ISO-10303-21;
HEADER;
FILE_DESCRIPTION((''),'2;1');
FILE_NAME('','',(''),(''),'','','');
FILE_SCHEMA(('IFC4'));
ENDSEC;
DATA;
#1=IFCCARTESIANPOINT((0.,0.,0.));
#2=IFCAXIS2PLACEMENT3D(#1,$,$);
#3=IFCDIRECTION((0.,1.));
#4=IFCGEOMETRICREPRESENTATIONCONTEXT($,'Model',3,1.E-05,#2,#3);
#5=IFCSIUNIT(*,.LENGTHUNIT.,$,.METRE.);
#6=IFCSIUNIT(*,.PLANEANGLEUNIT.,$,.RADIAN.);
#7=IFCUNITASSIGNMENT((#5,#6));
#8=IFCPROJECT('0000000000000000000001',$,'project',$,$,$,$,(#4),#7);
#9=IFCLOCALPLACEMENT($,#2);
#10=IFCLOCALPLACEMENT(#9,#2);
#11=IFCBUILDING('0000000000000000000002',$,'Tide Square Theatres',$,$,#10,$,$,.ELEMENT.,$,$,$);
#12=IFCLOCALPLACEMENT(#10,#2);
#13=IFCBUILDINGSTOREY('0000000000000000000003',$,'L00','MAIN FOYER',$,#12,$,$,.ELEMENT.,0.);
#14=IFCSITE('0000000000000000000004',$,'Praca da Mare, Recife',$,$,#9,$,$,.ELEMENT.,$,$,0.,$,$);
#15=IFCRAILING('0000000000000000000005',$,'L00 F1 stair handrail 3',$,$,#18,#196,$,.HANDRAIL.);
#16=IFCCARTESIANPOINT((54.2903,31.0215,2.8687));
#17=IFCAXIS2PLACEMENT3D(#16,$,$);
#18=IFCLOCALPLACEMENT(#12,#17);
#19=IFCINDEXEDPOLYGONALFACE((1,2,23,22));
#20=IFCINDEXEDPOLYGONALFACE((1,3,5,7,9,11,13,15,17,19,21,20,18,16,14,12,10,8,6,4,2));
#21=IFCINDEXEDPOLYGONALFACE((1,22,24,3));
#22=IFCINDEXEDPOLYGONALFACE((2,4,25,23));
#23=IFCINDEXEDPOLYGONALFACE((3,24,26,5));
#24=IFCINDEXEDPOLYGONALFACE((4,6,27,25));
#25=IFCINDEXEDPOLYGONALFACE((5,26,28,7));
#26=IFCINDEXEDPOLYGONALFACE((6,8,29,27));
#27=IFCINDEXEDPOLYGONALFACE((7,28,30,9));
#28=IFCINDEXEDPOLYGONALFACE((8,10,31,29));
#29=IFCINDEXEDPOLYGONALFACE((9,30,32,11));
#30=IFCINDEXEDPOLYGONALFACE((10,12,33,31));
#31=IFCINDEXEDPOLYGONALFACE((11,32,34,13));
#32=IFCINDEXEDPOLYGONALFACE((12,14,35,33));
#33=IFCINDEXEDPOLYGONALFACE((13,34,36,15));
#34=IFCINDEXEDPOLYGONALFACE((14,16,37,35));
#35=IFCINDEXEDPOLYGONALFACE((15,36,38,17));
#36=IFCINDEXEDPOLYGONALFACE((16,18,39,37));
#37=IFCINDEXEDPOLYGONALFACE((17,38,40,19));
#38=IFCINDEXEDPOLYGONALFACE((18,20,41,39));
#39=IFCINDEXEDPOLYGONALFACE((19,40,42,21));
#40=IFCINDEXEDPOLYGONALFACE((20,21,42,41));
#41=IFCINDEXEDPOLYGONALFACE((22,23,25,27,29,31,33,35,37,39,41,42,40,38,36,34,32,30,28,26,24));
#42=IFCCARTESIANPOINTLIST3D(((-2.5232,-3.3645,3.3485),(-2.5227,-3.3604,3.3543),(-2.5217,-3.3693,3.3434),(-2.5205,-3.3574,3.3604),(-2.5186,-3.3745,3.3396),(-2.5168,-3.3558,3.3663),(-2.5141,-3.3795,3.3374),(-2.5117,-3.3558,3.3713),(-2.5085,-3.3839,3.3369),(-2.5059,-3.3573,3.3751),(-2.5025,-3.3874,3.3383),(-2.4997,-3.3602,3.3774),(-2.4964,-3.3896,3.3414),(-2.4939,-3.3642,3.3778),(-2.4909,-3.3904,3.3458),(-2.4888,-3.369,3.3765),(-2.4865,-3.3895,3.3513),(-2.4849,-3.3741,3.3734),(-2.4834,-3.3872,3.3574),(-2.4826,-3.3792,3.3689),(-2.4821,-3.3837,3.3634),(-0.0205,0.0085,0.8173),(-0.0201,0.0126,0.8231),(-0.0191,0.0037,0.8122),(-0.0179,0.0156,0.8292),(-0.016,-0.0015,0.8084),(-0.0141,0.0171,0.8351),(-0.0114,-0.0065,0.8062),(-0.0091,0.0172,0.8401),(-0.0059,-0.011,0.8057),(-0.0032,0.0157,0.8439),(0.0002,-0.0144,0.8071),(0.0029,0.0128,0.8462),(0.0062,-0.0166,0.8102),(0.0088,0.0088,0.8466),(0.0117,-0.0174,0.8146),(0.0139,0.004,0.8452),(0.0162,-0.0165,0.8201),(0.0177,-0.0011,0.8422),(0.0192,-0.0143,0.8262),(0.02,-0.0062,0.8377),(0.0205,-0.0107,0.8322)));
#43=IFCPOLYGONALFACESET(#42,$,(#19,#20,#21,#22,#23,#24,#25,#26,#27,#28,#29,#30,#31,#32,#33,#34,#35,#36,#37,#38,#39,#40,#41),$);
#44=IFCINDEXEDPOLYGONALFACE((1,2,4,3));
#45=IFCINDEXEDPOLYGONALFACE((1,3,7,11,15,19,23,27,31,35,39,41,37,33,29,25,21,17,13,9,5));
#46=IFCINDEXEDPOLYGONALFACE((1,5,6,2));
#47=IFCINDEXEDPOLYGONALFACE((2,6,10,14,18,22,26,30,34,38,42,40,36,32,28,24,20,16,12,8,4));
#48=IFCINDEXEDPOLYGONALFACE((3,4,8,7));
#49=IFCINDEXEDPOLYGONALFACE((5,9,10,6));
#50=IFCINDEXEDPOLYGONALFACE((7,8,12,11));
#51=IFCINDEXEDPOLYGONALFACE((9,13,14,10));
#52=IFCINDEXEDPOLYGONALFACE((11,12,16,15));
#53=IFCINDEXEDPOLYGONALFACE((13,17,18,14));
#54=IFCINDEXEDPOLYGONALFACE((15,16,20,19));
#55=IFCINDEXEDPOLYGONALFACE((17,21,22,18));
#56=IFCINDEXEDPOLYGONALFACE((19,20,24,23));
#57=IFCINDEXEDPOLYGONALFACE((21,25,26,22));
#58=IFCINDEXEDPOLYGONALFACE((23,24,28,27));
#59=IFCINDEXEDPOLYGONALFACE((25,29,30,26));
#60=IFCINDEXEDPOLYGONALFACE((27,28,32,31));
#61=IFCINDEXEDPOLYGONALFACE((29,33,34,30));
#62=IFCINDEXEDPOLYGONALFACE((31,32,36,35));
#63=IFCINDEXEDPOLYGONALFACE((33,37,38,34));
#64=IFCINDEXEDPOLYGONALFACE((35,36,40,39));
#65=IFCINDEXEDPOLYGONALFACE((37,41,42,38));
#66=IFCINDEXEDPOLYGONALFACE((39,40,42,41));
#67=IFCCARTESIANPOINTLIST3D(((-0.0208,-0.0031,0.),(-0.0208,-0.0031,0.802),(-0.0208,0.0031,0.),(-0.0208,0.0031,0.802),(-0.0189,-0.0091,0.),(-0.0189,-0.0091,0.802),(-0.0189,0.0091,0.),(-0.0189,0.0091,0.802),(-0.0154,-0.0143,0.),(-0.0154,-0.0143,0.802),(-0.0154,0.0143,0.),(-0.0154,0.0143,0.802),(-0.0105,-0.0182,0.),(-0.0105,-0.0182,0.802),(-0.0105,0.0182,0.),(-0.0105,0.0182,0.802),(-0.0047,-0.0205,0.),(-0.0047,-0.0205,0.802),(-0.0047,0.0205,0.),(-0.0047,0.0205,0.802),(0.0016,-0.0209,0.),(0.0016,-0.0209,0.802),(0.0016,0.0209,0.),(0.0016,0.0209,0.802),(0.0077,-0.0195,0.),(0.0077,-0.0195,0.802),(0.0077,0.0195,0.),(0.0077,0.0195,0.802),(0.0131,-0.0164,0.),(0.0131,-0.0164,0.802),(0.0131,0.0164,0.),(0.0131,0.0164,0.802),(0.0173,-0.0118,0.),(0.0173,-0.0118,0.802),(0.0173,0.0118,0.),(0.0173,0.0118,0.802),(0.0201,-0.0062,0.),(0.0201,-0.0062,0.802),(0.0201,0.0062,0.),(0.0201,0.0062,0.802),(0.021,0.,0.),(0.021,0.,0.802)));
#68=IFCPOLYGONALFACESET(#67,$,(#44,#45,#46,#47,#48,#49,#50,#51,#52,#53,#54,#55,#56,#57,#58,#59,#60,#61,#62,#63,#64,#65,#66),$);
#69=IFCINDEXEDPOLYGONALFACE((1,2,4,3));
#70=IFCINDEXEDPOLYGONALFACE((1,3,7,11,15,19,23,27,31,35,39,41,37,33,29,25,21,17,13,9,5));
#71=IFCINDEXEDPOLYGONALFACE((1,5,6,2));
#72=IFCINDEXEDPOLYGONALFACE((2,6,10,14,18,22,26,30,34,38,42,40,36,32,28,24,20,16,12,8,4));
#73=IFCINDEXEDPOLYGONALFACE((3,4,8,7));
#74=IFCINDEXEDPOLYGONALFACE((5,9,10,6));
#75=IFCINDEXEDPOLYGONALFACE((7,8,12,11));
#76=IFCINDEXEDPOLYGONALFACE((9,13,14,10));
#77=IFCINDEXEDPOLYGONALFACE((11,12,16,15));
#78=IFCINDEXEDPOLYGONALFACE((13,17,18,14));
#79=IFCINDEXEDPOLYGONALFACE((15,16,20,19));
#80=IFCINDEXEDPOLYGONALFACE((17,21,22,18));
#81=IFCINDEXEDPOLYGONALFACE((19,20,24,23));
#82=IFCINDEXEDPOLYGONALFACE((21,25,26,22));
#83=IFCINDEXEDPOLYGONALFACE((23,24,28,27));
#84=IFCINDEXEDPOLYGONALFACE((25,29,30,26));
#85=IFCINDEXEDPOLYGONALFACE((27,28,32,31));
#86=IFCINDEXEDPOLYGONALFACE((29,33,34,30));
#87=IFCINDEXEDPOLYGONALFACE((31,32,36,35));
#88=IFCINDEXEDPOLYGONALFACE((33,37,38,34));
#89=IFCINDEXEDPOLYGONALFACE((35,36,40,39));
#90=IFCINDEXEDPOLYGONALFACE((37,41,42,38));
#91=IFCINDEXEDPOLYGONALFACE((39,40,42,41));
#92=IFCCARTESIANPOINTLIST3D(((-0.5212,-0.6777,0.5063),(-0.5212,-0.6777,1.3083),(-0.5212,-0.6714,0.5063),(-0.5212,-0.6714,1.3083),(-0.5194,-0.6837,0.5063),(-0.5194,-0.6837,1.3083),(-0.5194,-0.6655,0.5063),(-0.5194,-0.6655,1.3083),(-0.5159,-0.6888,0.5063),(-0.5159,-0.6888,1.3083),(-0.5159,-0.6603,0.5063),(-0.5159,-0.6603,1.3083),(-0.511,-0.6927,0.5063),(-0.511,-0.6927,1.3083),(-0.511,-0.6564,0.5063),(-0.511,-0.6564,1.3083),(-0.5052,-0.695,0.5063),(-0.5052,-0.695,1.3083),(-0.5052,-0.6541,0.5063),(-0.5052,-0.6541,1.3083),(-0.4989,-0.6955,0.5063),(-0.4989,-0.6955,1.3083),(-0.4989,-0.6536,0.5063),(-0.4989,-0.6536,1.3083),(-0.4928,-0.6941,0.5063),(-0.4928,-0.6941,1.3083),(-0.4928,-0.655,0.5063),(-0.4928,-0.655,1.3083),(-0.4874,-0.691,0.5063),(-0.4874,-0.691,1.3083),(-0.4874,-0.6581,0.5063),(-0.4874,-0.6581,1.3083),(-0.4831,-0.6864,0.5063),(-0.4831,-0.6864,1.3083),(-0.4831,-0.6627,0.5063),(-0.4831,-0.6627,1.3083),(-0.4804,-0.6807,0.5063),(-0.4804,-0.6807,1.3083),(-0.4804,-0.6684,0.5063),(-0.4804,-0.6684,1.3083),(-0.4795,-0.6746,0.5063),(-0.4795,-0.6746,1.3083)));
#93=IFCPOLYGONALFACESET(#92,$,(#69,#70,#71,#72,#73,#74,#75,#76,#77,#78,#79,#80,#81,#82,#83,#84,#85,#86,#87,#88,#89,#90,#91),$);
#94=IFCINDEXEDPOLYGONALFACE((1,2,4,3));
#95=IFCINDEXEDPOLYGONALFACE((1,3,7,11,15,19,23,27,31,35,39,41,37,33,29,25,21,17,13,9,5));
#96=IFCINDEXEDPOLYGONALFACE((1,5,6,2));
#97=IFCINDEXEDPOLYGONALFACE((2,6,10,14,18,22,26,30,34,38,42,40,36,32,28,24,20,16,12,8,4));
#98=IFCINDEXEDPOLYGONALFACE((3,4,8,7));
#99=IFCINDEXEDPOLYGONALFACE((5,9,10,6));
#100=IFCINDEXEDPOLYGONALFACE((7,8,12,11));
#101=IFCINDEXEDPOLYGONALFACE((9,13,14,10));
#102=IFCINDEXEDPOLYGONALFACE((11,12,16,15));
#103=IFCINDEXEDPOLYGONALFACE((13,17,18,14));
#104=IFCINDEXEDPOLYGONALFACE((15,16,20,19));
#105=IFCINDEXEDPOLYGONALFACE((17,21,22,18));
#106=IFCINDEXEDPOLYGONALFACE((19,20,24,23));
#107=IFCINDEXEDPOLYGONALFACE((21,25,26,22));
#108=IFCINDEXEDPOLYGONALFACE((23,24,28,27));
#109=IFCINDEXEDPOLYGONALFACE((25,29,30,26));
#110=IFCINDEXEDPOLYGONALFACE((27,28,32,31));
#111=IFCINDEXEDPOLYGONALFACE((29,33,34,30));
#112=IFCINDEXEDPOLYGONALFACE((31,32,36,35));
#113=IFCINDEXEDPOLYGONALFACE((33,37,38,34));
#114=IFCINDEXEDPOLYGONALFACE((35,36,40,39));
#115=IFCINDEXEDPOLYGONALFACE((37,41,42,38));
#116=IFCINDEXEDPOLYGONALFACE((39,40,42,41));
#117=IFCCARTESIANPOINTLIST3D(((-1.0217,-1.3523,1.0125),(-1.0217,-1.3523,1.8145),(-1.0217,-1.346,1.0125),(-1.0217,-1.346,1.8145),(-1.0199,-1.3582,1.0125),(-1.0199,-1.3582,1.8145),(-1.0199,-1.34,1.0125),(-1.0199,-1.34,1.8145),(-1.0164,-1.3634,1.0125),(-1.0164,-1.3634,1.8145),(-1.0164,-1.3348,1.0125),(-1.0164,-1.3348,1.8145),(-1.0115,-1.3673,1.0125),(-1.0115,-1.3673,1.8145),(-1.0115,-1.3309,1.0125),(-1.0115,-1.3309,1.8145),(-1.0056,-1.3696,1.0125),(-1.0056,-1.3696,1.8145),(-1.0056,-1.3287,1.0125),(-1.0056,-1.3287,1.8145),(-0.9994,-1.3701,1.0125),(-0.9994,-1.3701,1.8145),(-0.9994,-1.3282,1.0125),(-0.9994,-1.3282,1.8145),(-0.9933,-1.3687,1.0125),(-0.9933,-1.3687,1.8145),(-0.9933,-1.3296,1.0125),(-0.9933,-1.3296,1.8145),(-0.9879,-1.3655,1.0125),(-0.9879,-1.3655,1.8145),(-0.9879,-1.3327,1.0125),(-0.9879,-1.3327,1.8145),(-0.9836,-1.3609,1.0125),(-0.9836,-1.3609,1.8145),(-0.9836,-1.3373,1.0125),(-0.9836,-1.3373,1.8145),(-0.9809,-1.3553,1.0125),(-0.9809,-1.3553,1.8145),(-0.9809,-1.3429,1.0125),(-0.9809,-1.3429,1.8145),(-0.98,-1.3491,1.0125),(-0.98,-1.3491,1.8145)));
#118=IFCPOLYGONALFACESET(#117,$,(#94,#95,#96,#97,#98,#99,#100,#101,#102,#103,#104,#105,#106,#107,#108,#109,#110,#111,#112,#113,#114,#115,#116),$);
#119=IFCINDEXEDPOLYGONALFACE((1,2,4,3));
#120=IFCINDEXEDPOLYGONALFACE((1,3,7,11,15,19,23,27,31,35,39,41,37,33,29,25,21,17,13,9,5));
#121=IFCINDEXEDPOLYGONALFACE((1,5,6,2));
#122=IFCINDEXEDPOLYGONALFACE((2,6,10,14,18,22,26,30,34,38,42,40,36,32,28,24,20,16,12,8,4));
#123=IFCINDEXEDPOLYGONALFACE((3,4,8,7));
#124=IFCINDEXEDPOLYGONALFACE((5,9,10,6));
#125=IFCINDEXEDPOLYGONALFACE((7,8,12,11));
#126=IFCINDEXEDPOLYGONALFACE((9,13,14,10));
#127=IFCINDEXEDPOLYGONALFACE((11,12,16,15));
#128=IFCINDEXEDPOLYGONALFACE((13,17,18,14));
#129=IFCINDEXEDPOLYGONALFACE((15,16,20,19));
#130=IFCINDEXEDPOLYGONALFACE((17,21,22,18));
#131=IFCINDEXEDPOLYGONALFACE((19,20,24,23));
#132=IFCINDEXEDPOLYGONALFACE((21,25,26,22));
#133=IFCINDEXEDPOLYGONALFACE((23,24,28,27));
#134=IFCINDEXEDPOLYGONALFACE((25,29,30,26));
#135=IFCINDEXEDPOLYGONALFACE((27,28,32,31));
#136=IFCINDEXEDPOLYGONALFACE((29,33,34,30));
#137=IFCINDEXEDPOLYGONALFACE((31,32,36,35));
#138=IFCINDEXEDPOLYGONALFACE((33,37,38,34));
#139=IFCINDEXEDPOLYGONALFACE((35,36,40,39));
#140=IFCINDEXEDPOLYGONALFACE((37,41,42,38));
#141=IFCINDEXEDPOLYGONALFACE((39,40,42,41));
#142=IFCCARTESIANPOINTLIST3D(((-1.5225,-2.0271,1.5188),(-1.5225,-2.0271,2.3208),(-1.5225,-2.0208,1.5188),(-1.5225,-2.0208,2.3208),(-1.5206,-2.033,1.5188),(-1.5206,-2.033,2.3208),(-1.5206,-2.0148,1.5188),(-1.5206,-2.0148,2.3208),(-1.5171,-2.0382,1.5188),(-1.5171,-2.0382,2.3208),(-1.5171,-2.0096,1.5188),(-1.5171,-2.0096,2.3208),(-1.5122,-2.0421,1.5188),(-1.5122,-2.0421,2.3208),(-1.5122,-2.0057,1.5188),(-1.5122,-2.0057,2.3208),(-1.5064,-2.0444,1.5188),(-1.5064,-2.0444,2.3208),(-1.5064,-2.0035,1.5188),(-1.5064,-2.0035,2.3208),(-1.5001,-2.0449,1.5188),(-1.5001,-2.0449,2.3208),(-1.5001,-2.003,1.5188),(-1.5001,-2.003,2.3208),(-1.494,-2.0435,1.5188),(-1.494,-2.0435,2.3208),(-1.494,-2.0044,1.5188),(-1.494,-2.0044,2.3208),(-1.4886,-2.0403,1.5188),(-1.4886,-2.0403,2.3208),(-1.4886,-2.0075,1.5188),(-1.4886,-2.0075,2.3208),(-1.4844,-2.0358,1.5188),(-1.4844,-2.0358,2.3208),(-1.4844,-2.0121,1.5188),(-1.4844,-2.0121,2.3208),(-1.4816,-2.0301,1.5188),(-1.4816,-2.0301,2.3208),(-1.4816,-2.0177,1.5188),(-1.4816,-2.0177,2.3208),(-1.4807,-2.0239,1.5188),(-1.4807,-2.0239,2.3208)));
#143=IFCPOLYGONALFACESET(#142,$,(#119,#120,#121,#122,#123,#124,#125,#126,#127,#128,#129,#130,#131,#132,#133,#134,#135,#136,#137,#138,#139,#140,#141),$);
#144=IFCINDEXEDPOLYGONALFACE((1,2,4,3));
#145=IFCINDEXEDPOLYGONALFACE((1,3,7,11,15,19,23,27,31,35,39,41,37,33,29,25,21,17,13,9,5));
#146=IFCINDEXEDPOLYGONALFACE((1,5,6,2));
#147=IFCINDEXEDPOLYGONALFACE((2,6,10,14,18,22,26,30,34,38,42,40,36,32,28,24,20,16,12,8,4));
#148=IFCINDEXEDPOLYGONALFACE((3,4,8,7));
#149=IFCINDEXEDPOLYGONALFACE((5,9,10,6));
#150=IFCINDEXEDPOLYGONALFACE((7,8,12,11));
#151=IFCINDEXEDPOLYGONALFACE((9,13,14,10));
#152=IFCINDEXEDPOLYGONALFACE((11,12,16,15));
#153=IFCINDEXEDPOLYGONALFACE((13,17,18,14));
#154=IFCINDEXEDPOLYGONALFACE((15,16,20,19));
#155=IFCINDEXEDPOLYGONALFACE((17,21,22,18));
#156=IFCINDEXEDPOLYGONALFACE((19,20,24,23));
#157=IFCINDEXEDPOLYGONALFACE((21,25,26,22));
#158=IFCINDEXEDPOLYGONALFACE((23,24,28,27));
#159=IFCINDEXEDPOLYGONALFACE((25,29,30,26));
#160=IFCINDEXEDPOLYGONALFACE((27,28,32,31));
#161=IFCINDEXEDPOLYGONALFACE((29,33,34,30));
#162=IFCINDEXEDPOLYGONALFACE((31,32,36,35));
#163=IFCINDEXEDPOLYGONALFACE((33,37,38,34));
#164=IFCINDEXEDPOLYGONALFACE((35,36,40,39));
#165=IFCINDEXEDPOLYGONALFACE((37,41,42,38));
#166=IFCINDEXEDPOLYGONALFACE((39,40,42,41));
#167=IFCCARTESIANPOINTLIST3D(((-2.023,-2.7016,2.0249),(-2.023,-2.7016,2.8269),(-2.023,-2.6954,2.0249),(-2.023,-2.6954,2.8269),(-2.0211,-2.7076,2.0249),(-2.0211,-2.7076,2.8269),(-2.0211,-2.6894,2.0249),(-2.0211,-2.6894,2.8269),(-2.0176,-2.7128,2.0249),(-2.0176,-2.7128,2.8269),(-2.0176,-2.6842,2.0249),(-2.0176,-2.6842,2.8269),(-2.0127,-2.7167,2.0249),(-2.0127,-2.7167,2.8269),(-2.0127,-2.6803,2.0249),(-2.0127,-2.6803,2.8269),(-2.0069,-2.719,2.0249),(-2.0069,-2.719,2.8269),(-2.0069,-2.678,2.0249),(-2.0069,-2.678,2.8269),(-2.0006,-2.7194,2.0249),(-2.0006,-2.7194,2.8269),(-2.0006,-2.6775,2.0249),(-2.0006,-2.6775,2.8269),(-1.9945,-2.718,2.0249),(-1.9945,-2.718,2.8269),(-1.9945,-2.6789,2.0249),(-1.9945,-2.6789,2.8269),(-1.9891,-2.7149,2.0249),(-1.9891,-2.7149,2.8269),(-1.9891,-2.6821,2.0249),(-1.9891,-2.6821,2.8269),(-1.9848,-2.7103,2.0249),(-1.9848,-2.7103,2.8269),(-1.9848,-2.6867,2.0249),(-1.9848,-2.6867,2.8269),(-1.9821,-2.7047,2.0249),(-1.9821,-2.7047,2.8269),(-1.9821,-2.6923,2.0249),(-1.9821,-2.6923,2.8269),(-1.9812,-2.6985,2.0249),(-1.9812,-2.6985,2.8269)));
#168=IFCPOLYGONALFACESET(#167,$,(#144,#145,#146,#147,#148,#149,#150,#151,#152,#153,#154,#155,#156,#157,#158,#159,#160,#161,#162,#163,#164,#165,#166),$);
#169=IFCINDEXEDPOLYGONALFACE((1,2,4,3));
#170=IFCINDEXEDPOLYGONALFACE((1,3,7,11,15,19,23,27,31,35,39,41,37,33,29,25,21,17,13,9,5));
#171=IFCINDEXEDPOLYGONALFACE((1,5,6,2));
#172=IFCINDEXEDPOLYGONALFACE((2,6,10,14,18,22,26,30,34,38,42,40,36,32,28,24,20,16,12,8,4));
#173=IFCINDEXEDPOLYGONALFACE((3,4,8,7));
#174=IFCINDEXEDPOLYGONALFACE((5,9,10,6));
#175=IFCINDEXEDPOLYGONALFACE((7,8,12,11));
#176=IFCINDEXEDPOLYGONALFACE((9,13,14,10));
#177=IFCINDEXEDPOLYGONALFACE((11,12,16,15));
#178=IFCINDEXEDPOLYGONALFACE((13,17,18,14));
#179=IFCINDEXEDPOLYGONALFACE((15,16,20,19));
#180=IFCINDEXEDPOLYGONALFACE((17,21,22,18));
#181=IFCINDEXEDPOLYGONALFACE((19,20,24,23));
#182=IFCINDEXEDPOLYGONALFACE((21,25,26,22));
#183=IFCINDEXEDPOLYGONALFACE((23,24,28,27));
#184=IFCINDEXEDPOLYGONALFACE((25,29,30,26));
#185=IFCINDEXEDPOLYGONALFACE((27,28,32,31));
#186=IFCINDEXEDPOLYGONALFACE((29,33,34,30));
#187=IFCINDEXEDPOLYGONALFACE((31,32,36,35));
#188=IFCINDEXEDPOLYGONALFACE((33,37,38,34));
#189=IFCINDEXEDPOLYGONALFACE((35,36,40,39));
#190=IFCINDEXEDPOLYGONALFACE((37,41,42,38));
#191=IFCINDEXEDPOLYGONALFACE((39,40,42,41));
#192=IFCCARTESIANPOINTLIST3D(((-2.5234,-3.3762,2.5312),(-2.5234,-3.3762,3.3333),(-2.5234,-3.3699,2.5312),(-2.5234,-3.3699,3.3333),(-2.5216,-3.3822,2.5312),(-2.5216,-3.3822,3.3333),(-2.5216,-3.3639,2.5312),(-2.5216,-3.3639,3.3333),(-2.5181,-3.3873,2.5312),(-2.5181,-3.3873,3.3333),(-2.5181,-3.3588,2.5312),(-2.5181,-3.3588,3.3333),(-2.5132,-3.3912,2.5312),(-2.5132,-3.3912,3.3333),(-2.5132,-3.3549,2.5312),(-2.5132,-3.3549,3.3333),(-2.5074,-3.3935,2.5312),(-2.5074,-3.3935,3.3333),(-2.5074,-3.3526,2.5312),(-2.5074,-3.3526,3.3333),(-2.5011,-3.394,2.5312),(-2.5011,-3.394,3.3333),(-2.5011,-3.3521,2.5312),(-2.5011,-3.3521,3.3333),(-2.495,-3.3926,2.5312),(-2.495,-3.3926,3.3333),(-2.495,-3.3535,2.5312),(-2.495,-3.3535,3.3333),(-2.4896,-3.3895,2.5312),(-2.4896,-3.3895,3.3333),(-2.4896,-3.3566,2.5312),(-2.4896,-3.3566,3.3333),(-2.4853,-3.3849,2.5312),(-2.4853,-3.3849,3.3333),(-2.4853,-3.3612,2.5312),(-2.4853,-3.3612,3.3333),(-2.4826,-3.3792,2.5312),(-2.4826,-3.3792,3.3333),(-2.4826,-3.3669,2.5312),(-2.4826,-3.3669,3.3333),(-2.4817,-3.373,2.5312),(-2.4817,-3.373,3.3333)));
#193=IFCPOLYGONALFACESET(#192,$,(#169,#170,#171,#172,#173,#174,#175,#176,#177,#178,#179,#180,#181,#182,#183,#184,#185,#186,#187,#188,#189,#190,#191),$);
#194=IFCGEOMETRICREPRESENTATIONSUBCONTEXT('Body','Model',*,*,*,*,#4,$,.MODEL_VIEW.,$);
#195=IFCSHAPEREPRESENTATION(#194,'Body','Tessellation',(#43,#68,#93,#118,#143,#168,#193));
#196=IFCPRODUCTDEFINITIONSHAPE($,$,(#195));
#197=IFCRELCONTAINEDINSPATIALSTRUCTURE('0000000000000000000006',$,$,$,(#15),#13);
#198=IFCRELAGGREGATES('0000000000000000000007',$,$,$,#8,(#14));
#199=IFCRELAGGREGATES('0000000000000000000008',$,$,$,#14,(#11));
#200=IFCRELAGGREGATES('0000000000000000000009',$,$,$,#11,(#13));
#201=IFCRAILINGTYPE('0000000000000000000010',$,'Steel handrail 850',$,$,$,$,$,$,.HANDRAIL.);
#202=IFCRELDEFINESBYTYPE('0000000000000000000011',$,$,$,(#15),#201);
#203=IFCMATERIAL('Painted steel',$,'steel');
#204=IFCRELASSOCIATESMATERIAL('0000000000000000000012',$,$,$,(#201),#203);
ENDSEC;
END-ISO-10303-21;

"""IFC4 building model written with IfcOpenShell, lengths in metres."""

from ifc_helpers import new_model, si_unit, direction, frame, origin, origin_2d, place, context, subcontext, project, spatial, circle, extrude, material, type_object, element, save


model = new_model("IFC4")

# Units and contexts
model_context = context("Model", 3, precision=1e-05, world=origin(), true_north=direction((0.0, 1.0)))
body_context = subcontext(model_context, "Body", "Model", "MODEL_VIEW")
ifc_project = project(units=[si_unit("LENGTHUNIT", "METRE"), si_unit("PLANEANGLEUNIT", "RADIAN")], contexts=[model_context])

# Site, building, storey
site_placement = place(None, origin())
site = spatial("IfcSite", under=ifc_project, at=site_placement, Name="Praca da Mare, Recife", CompositionType="ELEMENT", RefElevation=0.0)
building_placement = place(site_placement, origin())
building = spatial("IfcBuilding", under=site, at=building_placement, Name="Tide Square Theatres", CompositionType="ELEMENT")
storey_placement = place(building_placement, origin())
storey = spatial("IfcBuildingStorey", under=building, at=storey_placement, Name="L00", Description="MAIN FOYER", CompositionType="ELEMENT", Elevation=0.0)

# Railing
ifc_material_1 = material(Name="Painted steel", Category="steel")
railing_type_1 = type_object("IfcRailingType", Name="Steel handrail 850", PredefinedType="HANDRAIL", material=ifc_material_1)
for number, where, name in (
    (1, (54.2903, 31.0215, 2.8687), "L00 F1 stair handrail 3"),
):
    element("IfcRailing", number, at=place(storey_placement, frame(where)), inside=storey, type_object=railing_type_1, Name=name, PredefinedType="HANDRAIL", context=body_context, shape_type="SweptSolid", body=[
        extrude(circle(Radius=0.0239, at=origin_2d()), frame((0.0, 0.0, 0.8262), z_axis=(-0.510347, -0.687831, 0.516172), x_axis=(0.803086, -0.595863, 0.0)), (0.0, 0.0, 1.0), 4.9038),
        extrude(circle(Radius=0.021, at=origin_2d()), origin(), (0.0, 0.0, 1.0), 0.802),
        extrude(circle(Radius=0.021, at=origin_2d()), frame((-0.5005, -0.6746, 0.5063)), (0.0, 0.0, 1.0), 0.802),
        extrude(circle(Radius=0.021, at=origin_2d()), frame((-1.001, -1.3491, 1.0125)), (0.0, 0.0, 1.0), 0.802),
        extrude(circle(Radius=0.021, at=origin_2d()), frame((-1.5017, -2.0239, 1.5188)), (0.0, 0.0, 1.0), 0.802),
        extrude(circle(Radius=0.021, at=origin_2d()), frame((-2.0022, -2.6985, 2.0249)), (0.0, 0.0, 1.0), 0.802),
        extrude(circle(Radius=0.021, at=origin_2d()), frame((-2.5027, -3.373, 2.5312)), (0.0, 0.0, 1.0), 0.802),
    ])

save(model, "model.ifc")
